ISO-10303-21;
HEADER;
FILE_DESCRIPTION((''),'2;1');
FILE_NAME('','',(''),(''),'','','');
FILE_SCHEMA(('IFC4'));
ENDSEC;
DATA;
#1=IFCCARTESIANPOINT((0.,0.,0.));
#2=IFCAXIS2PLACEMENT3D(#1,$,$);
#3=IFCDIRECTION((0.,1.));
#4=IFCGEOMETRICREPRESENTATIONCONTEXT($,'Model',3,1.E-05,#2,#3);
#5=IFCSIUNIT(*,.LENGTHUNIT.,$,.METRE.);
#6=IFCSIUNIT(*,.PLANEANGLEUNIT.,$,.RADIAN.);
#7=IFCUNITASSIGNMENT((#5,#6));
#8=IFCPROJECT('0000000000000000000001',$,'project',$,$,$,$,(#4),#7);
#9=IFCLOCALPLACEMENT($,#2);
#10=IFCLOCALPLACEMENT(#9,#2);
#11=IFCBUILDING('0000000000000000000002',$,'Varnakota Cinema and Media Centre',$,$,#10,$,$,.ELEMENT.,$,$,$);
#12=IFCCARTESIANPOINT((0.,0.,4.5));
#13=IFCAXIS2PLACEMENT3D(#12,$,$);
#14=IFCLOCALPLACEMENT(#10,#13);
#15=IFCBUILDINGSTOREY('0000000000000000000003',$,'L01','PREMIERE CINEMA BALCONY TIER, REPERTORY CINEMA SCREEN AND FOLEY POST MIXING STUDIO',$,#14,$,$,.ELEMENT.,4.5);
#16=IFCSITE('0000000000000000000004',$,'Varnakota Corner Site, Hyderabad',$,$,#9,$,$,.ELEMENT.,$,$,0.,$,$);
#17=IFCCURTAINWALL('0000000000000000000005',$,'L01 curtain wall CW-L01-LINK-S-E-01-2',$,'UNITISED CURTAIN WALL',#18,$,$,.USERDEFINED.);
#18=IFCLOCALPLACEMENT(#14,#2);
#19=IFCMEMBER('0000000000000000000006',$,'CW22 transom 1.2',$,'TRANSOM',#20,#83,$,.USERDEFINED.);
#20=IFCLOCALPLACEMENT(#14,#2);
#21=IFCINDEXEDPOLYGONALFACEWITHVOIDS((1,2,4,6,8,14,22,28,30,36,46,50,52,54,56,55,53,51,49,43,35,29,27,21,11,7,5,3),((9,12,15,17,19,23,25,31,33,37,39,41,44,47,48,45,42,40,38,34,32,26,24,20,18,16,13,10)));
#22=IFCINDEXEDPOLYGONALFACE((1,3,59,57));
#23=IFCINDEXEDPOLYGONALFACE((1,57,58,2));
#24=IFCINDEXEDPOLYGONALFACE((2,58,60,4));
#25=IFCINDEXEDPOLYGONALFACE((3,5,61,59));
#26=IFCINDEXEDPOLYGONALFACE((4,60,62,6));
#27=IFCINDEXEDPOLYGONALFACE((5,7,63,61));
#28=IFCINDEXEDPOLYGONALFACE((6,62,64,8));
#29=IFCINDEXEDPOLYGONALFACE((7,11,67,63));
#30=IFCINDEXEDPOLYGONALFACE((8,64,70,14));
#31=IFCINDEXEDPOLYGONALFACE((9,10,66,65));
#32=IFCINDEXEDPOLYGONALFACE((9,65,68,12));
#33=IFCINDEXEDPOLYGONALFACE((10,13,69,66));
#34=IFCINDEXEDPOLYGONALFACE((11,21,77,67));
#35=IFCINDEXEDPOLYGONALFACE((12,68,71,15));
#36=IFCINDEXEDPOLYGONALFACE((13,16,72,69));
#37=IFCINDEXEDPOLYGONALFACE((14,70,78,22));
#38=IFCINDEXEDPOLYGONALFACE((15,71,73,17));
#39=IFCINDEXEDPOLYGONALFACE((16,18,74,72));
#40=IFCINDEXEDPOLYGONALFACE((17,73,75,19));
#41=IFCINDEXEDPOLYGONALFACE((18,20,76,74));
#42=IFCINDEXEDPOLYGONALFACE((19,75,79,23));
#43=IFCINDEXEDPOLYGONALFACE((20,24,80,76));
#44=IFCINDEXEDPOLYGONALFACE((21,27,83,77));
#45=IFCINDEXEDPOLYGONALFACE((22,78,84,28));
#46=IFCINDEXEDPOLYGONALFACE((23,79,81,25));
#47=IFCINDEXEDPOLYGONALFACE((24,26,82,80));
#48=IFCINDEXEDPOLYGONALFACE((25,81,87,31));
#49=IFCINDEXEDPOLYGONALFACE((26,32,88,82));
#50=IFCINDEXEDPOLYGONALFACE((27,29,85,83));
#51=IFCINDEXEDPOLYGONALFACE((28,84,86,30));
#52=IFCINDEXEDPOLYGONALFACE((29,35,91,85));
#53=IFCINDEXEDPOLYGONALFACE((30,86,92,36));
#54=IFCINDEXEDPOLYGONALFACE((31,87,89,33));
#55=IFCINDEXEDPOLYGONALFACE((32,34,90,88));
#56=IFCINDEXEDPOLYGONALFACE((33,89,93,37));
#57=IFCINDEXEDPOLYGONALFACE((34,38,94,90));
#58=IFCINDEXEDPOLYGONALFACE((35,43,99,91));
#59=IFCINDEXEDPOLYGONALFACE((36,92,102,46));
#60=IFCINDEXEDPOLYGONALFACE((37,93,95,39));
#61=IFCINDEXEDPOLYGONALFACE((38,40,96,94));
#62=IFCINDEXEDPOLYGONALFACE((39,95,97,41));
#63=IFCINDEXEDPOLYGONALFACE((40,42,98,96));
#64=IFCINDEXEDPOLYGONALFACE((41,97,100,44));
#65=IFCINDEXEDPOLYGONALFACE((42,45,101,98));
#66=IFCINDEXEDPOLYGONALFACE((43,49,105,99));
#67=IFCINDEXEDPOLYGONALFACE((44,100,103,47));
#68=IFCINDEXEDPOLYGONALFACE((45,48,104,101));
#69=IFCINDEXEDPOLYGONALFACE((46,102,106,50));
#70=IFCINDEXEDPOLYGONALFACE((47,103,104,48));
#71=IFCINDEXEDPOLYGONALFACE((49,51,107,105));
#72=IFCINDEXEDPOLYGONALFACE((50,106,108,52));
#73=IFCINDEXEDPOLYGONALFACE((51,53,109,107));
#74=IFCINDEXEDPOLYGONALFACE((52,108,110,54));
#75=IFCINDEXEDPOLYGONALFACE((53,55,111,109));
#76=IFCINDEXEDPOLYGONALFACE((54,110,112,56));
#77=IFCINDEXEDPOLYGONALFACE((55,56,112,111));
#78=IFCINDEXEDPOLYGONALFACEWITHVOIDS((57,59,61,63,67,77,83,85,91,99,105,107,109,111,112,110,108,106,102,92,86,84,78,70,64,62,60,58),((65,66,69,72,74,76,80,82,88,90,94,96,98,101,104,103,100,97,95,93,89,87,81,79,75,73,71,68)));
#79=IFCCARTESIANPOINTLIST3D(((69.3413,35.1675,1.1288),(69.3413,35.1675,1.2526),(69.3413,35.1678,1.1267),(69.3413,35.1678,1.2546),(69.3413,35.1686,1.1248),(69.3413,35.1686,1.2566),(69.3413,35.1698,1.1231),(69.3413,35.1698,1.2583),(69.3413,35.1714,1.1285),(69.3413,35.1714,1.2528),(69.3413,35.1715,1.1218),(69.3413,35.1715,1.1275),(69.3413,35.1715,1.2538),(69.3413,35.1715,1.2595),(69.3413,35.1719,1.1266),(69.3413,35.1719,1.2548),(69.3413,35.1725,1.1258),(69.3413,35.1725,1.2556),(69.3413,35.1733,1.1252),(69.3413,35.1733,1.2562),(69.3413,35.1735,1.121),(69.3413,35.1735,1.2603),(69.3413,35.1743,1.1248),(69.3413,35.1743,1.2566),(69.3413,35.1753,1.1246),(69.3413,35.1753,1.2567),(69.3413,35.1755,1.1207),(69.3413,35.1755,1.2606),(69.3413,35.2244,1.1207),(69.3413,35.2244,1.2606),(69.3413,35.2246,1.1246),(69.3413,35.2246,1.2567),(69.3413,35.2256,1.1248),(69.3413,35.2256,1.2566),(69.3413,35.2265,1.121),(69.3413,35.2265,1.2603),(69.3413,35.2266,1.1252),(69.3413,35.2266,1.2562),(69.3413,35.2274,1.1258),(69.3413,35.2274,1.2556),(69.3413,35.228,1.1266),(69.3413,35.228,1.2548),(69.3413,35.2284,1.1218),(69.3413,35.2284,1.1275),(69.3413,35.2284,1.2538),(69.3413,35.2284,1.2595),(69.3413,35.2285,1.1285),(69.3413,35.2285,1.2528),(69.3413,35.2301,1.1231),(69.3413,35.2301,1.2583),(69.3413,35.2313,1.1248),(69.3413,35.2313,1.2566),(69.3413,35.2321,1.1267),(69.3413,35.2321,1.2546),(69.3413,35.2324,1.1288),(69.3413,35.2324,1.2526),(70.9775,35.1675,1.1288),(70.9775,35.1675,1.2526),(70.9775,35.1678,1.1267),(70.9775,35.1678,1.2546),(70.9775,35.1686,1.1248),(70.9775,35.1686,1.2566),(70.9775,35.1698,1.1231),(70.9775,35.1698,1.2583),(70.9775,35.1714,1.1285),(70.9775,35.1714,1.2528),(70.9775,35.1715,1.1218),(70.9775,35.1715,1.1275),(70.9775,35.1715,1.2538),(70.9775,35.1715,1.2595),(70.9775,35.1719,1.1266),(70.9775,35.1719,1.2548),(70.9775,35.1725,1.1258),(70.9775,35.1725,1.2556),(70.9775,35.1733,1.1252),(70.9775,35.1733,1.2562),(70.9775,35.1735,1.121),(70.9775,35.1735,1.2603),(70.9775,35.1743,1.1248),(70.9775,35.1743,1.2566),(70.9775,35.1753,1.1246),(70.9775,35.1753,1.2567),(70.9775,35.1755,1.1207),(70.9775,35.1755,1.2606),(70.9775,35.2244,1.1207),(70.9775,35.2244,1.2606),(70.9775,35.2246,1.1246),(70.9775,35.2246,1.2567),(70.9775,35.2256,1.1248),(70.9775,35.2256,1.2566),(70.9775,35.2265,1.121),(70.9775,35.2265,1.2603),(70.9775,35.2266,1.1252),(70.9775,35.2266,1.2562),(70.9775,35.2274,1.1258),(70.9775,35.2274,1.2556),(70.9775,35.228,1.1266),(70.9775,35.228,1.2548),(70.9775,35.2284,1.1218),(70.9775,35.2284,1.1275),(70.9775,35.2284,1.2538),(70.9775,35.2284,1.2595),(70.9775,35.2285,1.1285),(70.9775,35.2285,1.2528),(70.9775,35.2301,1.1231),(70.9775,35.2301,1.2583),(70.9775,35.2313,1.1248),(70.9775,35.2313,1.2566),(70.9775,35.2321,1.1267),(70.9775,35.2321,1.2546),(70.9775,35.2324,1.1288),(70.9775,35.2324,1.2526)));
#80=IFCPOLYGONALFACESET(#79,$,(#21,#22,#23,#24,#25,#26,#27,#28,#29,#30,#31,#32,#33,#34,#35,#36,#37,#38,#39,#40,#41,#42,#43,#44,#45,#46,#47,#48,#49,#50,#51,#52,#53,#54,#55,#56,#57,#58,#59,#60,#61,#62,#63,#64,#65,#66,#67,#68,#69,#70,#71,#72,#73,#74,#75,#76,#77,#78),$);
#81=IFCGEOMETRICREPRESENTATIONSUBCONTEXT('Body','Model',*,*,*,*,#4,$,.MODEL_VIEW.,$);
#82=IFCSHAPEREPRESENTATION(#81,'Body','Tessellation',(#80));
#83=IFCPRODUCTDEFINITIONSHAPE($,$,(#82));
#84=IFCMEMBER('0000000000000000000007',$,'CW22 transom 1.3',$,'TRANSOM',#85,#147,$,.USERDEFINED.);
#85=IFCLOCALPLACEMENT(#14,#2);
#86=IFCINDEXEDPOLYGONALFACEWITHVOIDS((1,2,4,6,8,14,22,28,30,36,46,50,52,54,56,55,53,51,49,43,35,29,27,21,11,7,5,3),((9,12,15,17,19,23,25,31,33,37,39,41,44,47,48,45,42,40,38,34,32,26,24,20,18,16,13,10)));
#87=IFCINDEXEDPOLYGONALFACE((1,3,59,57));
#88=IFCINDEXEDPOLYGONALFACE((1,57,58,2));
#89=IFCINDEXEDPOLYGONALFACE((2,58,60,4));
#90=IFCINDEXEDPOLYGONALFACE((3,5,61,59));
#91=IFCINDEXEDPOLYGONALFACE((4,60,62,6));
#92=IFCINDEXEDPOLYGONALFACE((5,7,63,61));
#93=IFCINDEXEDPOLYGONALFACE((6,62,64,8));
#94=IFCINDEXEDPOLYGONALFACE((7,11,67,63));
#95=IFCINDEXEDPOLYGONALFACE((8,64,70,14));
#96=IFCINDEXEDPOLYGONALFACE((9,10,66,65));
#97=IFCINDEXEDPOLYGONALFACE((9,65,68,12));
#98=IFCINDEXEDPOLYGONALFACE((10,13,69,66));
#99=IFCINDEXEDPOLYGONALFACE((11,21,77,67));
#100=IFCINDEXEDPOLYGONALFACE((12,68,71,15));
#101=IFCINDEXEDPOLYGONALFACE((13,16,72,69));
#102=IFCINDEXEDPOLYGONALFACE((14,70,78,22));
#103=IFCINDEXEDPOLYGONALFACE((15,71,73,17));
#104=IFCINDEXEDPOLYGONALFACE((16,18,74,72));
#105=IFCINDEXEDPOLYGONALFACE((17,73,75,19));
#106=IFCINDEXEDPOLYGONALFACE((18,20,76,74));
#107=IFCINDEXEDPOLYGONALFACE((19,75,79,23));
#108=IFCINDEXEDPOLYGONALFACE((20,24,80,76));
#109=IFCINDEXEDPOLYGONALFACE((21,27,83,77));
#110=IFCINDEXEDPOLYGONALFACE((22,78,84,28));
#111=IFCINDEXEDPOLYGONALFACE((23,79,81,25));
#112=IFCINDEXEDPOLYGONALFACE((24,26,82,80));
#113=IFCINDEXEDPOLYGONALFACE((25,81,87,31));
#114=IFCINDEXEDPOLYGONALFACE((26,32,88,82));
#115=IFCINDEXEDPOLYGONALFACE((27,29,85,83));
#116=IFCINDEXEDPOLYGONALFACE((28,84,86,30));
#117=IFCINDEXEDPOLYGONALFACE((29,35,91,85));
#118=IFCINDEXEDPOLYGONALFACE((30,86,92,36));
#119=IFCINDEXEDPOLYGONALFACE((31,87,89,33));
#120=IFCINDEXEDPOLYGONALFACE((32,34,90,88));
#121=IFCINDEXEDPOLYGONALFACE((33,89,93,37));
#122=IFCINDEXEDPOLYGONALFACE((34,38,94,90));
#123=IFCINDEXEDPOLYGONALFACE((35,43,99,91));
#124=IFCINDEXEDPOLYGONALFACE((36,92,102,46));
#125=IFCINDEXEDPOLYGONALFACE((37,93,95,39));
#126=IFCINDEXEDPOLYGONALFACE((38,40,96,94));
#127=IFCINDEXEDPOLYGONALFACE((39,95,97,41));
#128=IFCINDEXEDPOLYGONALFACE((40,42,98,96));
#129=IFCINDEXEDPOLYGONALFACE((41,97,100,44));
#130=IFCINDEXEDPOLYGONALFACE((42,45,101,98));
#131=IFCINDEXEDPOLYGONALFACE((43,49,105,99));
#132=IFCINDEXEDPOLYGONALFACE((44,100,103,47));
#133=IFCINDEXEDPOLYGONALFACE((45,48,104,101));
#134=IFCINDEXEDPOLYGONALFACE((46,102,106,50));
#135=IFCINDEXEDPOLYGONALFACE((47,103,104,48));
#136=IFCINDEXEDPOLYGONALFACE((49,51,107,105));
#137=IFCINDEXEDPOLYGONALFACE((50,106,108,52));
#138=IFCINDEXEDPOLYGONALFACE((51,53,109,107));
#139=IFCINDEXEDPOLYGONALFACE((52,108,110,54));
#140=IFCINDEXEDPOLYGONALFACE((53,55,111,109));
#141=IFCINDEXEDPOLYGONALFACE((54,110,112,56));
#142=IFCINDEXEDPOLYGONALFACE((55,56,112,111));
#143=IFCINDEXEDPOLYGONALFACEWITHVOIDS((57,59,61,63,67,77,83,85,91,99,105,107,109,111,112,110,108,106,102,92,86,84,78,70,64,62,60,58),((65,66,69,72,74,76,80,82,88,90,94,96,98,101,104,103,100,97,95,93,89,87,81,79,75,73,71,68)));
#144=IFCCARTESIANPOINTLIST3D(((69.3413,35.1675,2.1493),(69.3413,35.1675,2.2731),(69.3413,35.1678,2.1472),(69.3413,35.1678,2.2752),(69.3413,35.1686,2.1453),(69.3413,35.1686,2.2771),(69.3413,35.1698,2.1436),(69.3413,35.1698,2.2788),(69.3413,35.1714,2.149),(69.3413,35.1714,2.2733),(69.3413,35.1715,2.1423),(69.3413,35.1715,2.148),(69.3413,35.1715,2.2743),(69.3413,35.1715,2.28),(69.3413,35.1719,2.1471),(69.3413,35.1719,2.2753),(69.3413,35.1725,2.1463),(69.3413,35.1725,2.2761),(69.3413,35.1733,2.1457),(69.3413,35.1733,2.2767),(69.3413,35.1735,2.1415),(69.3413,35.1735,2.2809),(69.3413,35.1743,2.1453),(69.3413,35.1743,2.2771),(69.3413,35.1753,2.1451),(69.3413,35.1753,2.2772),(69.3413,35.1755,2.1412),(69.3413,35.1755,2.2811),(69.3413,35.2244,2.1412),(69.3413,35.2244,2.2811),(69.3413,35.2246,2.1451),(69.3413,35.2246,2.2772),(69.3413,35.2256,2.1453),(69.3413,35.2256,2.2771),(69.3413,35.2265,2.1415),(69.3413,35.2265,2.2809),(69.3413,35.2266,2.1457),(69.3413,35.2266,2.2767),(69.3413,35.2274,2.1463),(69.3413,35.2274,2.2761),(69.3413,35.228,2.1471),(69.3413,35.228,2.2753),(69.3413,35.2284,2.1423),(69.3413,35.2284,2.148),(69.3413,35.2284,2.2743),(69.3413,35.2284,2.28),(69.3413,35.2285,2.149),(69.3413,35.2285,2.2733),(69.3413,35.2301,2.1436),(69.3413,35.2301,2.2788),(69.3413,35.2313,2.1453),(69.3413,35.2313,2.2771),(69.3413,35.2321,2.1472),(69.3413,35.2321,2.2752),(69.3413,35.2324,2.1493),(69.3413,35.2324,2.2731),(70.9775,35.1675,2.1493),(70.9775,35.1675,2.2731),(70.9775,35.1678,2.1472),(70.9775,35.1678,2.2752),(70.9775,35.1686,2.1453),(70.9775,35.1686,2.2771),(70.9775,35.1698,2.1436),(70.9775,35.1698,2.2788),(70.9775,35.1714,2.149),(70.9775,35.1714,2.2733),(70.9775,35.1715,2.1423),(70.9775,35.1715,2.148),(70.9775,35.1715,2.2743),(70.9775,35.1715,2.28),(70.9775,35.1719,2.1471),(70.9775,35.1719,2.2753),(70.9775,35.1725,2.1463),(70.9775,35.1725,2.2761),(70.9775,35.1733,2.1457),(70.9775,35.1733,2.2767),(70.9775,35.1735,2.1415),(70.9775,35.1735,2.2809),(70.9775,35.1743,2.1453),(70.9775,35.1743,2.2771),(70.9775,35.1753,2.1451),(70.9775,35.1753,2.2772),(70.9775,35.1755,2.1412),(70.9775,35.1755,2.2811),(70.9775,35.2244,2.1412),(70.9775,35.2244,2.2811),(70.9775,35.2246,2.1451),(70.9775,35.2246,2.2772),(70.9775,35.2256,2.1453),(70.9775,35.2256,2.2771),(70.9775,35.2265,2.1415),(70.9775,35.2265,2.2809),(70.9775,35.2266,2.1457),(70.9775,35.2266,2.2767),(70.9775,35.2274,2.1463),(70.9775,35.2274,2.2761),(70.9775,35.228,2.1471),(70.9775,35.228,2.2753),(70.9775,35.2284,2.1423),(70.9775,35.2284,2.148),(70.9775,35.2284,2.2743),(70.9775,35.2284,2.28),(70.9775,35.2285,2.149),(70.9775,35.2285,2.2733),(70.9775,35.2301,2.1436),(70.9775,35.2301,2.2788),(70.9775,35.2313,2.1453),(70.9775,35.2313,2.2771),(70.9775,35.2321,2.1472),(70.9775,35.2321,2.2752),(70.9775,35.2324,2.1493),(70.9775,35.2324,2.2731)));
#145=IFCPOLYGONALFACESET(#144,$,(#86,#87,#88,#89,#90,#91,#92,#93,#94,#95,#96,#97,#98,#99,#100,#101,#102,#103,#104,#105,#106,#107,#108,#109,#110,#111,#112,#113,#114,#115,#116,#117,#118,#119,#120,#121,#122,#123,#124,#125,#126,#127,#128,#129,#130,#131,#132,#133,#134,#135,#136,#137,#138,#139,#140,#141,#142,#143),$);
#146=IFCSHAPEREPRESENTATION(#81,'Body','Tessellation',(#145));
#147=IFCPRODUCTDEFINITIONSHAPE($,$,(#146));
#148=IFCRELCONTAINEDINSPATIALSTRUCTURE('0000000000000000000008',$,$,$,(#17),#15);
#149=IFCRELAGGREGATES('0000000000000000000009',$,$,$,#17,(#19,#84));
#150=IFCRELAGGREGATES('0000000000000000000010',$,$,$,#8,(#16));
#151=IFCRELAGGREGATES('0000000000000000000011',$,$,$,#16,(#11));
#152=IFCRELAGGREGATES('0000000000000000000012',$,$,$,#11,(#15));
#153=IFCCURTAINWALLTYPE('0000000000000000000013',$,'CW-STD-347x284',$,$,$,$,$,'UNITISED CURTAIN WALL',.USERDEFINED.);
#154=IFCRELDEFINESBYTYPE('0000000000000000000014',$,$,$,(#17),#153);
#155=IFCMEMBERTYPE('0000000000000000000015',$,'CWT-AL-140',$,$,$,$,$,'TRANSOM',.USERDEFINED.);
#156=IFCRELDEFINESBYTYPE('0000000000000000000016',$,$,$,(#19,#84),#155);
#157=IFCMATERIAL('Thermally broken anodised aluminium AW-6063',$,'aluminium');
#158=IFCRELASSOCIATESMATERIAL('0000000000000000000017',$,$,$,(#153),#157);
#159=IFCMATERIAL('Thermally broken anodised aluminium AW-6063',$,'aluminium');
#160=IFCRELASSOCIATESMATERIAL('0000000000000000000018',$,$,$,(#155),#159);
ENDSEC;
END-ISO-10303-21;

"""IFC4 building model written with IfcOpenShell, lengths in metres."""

from ifc_helpers import new_model, si_unit, direction, frame, origin, origin_2d, place, context, subcontext, project, spatial, hollow_rectangle, extrude, material, material_profile, profile_set, type_object, element, aggregate, save


model = new_model("IFC4")

# Units and contexts
model_context = context("Model", 3, precision=1e-05, world=origin(), true_north=direction((0.0, 1.0)))
body_context = subcontext(model_context, "Body", "Model", "MODEL_VIEW")
ifc_project = project(units=[si_unit("LENGTHUNIT", "METRE"), si_unit("PLANEANGLEUNIT", "RADIAN")], contexts=[model_context])

# Site, building, storey
site_placement = place(None, origin())
site = spatial("IfcSite", under=ifc_project, at=site_placement, Name="Varnakota Corner Site, Hyderabad", CompositionType="ELEMENT", RefElevation=0.0)
building_placement = place(site_placement, origin())
building = spatial("IfcBuilding", under=site, at=building_placement, Name="Varnakota Cinema and Media Centre", CompositionType="ELEMENT")
storey_placement = place(building_placement, frame((0.0, 0.0, 4.5)))
storey = spatial("IfcBuildingStorey", under=building, at=storey_placement, Name="L01", Description="PREMIERE CINEMA BALCONY TIER, REPERTORY CINEMA SCREEN AND FOLEY POST MIXING STUDIO", CompositionType="ELEMENT", Elevation=4.5)

# Shared definitions
ifc_material_1 = material(Name="Thermally broken anodised aluminium AW-6063", Category="aluminium")
curtain_wall_type = type_object("IfcCurtainWallType", Name="CW-STD-347x284", ElementType="UNITISED CURTAIN WALL", PredefinedType="USERDEFINED", material=ifc_material_1)

# Curtain wall
curtain_wall_1_placement = place(storey_placement, origin())
curtain_wall_1 = element("IfcCurtainWall", 1, at=curtain_wall_1_placement, inside=storey, type_object=curtain_wall_type, Name="L01 curtain wall CW-L01-LINK-S-E-01-2", ObjectType="UNITISED CURTAIN WALL", PredefinedType="USERDEFINED")

# Members
ifc_material_2 = material(Name="Thermally broken anodised aluminium AW-6063", Category="aluminium")
ifc_material_profile_1 = material_profile(ifc_material_2, hollow_rectangle(XDim=0.0649, YDim=0.1399, WallThickness=0.0039, InnerFilletRadius=0.0039, OuterFilletRadius=0.0081, at=origin_2d()), Name="AL-TRANSOM 140x65x4")
ifc_profile_set_1 = profile_set([ifc_material_profile_1], Name="Thermally broken anodised aluminium AW-6063")
member_type_1 = type_object("IfcMemberType", Name="CWT-AL-140", ElementType="TRANSOM", PredefinedType="USERDEFINED", material=ifc_profile_set_1)
member_1_placement = place(storey_placement, frame((70.9775, 35.2, 1.1907), z_axis=(-1.0, 0.0, 0.0), x_axis=(0.0, -1.0, 0.0)))
member_1 = element("IfcMember", 2, at=member_1_placement, type_object=member_type_1, Name="CW22 transom 1.2", ObjectType="TRANSOM", PredefinedType="USERDEFINED", context=body_context, shape_type="SweptSolid", body=[
    extrude(hollow_rectangle(XDim=0.0649, YDim=0.1399, WallThickness=0.0039, InnerFilletRadius=0.0039, OuterFilletRadius=0.0081, at=origin_2d()), origin(), (0.0, 0.0, 1.0), 1.6362),
])
member_2_placement = place(storey_placement, frame((70.9775, 35.2, 2.2112), z_axis=(-1.0, 0.0, 0.0), x_axis=(0.0, -1.0, 0.0)))
member_2 = element("IfcMember", 3, at=member_2_placement, type_object=member_type_1, Name="CW22 transom 1.3", ObjectType="TRANSOM", PredefinedType="USERDEFINED", context=body_context, shape_type="SweptSolid", body=[
    extrude(hollow_rectangle(XDim=0.0649, YDim=0.1399, WallThickness=0.0039, InnerFilletRadius=0.0039, OuterFilletRadius=0.0081, at=origin_2d()), origin(), (0.0, 0.0, 1.0), 1.6362),
])

aggregate(curtain_wall_1, [member_1, member_2])

save(model, "model.ifc")
